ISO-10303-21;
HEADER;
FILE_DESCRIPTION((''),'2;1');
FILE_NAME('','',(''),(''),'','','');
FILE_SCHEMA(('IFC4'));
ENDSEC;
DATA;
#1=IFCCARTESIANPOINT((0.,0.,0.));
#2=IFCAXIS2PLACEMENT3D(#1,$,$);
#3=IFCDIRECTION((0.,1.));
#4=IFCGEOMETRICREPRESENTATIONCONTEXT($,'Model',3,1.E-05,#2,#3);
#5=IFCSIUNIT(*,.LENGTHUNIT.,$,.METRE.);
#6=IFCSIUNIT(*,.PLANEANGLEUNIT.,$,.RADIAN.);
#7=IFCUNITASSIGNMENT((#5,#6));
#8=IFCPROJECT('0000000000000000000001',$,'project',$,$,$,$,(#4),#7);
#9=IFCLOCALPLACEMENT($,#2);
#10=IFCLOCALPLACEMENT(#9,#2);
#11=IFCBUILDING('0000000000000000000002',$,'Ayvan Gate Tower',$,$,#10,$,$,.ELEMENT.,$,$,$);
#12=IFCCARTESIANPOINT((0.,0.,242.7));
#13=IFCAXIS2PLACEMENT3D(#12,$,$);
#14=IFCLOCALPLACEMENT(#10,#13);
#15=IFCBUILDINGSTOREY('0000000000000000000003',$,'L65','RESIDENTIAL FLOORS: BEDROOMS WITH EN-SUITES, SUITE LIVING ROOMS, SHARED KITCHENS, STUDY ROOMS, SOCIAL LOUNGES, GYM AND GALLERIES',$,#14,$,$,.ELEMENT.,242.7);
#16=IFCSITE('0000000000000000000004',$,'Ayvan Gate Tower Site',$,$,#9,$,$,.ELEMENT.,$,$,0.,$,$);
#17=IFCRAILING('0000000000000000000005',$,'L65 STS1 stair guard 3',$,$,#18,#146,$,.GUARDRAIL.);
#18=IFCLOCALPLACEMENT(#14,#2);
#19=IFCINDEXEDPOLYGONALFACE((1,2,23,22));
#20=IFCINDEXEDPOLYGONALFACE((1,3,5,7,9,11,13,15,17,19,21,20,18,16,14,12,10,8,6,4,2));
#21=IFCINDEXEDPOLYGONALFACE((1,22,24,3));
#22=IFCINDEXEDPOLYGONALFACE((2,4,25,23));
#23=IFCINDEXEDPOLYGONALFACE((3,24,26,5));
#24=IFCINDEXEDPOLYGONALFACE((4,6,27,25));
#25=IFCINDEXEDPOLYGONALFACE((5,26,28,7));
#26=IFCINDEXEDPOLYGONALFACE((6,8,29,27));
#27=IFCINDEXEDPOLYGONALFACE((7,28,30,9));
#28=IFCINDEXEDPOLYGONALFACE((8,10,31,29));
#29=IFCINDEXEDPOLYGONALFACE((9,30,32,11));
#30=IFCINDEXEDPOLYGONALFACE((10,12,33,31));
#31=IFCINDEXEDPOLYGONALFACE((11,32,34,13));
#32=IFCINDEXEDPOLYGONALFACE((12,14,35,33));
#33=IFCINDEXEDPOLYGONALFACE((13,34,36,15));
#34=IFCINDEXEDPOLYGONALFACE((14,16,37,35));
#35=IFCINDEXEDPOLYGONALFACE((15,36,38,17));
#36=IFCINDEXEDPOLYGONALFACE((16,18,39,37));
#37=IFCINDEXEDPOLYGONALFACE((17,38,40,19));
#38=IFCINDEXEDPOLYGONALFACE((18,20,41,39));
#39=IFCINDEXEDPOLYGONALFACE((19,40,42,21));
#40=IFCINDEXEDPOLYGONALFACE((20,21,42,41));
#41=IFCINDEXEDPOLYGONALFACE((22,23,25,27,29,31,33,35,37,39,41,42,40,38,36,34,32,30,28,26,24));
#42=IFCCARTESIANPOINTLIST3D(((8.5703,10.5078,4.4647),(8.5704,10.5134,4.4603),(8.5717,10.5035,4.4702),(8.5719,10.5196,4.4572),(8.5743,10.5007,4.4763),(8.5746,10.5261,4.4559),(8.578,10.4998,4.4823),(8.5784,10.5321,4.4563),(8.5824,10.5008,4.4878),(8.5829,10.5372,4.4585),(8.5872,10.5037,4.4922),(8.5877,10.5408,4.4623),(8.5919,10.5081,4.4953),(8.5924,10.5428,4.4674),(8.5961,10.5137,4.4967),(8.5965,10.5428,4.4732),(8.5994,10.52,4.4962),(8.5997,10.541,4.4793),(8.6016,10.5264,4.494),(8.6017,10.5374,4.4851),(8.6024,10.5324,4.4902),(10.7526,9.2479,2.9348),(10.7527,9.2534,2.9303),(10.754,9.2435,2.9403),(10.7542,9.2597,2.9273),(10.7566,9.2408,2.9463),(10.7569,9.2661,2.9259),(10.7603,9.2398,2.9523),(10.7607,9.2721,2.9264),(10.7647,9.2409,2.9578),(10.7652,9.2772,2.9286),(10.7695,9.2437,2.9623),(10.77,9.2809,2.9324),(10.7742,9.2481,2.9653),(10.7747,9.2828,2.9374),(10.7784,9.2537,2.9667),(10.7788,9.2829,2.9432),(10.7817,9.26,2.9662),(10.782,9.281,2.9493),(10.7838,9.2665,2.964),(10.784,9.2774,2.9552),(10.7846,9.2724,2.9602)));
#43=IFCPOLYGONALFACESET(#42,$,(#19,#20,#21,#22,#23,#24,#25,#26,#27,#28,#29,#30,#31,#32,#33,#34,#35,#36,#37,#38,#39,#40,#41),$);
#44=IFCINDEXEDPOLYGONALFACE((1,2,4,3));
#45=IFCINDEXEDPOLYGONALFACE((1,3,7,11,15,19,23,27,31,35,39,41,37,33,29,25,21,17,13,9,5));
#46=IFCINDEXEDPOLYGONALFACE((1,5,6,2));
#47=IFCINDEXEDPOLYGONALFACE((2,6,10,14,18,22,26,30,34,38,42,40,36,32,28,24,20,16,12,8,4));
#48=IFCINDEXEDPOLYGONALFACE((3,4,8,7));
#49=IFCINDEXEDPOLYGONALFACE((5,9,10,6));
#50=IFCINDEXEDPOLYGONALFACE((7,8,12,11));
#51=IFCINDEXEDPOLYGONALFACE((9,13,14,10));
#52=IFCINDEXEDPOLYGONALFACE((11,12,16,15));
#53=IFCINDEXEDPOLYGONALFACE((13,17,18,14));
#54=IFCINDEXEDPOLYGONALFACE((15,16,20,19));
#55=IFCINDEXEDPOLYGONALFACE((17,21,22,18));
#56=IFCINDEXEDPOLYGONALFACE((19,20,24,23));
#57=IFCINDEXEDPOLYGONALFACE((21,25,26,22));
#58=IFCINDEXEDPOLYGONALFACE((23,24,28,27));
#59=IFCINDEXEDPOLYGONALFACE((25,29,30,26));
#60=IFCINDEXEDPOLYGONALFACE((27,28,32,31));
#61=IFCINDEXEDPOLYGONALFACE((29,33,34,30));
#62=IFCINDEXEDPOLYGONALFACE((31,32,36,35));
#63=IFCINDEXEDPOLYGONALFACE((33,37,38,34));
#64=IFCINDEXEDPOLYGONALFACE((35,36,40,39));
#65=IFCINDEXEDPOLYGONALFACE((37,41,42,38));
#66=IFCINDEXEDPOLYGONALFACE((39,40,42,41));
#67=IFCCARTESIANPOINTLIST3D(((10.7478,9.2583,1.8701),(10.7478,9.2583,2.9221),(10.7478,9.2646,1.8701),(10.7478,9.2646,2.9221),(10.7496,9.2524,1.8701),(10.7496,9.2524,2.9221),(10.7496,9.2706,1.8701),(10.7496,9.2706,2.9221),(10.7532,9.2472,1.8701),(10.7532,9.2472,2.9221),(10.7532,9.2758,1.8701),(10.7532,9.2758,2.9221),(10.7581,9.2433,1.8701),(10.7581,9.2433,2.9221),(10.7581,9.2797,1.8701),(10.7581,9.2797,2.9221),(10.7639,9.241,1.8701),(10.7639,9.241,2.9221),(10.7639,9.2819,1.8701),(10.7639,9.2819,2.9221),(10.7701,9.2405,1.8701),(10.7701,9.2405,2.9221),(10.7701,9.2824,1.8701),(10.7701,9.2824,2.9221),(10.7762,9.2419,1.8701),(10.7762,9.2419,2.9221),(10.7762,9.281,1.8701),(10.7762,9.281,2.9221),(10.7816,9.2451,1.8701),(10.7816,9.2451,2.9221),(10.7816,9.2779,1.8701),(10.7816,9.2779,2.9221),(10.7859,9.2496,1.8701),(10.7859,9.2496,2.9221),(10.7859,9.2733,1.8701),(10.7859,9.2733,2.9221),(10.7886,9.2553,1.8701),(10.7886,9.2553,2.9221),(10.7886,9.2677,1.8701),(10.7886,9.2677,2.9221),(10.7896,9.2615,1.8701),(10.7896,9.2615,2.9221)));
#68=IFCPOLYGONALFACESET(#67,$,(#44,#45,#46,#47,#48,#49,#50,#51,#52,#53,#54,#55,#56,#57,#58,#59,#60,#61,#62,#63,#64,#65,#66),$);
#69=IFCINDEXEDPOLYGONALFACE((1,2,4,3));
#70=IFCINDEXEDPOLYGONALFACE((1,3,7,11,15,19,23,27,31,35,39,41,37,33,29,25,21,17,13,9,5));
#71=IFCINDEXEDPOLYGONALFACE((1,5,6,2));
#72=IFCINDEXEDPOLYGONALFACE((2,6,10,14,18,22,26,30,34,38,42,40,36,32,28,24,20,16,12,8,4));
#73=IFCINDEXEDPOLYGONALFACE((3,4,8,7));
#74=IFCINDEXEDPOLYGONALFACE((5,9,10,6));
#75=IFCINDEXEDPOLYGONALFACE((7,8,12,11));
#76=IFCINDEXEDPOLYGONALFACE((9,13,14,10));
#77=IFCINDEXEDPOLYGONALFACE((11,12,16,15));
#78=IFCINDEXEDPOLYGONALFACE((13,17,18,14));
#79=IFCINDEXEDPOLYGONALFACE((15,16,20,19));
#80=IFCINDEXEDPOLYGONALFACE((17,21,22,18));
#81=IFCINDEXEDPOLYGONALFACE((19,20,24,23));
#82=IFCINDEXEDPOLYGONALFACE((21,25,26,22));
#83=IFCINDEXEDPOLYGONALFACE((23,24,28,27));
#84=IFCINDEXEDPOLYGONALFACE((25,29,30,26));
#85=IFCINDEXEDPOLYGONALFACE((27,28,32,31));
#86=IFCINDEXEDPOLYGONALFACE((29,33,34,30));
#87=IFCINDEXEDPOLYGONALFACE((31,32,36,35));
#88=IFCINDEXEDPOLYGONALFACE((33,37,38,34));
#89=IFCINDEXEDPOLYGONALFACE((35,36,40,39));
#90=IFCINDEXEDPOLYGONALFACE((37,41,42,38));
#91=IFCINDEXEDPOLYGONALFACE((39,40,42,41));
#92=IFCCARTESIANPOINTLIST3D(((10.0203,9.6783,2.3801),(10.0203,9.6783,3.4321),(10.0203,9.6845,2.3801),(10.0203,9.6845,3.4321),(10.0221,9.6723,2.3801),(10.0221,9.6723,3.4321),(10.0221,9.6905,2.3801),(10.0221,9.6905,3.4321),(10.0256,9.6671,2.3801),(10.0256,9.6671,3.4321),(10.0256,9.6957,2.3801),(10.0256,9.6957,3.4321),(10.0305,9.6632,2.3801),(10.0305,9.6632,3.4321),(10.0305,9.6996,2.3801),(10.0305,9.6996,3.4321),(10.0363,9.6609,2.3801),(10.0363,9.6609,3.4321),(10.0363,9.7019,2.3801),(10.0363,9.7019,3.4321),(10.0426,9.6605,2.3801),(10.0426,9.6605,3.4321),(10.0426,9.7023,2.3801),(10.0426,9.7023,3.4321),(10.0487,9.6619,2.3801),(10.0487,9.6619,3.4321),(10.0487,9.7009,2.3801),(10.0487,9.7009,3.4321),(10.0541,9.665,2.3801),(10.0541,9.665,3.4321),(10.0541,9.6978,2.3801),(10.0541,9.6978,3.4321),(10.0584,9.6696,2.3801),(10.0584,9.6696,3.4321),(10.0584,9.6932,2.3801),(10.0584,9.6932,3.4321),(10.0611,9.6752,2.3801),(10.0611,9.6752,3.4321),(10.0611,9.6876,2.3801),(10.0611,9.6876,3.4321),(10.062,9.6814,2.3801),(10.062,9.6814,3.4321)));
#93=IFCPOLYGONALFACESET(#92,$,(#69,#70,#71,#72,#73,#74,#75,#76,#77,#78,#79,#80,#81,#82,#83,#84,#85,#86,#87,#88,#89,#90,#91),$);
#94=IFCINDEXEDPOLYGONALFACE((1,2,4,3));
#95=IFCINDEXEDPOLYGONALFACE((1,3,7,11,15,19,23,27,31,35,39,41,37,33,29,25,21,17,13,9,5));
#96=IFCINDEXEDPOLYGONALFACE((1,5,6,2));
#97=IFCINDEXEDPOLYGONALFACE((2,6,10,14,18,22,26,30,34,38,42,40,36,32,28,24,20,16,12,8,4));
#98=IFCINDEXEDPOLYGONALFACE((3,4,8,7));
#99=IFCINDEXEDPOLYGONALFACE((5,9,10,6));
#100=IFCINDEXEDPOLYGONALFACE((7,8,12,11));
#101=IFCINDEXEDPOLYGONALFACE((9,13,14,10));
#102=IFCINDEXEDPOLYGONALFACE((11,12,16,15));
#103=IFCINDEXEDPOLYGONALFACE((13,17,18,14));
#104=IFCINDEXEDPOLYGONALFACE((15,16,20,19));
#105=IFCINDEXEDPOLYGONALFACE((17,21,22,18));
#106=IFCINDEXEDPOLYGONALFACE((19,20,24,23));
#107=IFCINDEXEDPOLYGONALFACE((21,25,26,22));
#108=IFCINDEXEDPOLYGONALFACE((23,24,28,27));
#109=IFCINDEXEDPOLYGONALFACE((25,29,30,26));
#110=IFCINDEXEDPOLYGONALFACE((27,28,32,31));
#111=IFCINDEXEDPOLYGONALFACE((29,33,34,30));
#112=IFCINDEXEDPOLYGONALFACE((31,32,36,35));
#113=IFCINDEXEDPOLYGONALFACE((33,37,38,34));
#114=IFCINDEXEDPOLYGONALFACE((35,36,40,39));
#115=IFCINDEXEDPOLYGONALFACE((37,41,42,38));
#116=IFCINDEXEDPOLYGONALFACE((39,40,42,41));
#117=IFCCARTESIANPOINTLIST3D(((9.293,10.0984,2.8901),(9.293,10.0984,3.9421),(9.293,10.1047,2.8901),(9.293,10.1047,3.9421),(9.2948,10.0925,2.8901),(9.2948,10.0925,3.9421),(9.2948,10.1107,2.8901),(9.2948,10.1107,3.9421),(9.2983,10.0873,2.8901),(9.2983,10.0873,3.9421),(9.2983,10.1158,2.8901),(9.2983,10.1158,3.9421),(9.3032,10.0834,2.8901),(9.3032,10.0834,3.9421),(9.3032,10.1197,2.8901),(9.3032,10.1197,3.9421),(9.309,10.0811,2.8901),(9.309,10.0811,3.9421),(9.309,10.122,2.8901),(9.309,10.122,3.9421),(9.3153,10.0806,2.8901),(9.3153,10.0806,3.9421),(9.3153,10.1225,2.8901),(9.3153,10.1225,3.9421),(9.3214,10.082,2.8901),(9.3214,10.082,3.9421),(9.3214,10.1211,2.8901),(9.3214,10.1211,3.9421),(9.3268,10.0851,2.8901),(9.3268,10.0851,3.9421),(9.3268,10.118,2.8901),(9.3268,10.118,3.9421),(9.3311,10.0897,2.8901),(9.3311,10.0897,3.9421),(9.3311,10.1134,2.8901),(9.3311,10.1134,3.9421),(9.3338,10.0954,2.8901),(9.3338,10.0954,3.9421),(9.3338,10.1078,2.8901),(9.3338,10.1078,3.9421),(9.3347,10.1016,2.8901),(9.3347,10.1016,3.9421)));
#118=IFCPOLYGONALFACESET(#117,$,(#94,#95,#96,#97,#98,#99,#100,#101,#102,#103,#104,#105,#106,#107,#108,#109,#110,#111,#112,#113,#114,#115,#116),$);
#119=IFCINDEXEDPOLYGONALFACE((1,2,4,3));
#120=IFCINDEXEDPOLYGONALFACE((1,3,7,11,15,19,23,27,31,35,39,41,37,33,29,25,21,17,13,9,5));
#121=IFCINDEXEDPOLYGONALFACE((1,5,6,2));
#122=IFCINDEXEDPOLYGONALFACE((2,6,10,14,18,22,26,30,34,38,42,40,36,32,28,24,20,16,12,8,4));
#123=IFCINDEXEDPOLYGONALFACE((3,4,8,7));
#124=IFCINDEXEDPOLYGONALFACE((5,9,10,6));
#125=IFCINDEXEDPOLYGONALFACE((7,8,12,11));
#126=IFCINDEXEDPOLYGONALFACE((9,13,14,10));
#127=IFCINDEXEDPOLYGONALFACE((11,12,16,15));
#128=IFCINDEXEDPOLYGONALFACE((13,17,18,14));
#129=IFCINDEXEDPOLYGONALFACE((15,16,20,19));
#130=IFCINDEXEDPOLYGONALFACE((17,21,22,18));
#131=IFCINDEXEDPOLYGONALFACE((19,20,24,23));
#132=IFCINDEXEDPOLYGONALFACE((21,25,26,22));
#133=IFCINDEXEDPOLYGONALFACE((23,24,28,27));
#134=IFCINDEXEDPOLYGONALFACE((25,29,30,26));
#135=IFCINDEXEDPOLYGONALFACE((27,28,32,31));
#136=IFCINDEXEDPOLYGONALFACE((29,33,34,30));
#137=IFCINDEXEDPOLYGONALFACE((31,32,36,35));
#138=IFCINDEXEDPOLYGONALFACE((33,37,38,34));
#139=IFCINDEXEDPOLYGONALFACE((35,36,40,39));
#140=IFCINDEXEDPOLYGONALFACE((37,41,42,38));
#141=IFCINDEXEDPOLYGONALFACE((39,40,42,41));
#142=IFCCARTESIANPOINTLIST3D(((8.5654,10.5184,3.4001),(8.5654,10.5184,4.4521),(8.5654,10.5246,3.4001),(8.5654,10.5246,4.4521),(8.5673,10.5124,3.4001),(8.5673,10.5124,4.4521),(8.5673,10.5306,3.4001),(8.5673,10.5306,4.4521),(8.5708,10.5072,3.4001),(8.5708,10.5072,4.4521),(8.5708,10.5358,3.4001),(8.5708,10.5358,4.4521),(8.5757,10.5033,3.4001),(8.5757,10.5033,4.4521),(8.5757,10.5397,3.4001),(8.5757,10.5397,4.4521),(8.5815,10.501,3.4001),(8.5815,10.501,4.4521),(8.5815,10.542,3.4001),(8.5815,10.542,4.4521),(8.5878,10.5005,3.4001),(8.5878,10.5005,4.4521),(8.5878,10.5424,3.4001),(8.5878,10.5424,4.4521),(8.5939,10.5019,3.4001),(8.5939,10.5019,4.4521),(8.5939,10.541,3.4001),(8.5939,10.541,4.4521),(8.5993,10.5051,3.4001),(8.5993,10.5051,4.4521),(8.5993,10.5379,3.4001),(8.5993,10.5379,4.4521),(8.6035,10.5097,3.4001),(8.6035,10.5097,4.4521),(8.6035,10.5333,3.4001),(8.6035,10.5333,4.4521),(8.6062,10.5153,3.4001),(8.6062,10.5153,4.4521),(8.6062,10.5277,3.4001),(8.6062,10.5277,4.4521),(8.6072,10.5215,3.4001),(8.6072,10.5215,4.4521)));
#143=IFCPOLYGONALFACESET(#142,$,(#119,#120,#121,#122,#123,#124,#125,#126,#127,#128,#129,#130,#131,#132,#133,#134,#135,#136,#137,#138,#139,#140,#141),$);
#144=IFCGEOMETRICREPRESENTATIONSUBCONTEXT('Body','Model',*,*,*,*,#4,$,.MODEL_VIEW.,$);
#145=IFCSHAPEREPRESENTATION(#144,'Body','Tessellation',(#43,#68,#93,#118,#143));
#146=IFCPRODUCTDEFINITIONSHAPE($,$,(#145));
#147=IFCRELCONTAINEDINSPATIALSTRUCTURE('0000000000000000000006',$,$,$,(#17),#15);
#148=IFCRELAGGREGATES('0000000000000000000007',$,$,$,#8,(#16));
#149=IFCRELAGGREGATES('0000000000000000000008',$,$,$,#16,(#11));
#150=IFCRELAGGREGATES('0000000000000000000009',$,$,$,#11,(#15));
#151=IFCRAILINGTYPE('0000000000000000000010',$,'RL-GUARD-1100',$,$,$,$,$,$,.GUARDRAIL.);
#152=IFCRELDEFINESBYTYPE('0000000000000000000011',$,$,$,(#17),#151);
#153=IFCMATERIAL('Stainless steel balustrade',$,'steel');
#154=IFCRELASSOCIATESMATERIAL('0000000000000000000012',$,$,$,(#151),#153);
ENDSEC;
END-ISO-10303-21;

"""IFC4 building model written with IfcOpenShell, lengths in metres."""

from ifc_helpers import new_model, si_unit, direction, frame, origin, origin_2d, place, context, subcontext, project, spatial, circle, extrude, material, type_object, element, save


model = new_model("IFC4")

# Units and contexts
model_context = context("Model", 3, precision=1e-05, world=origin(), true_north=direction((0.0, 1.0)))
body_context = subcontext(model_context, "Body", "Model", "MODEL_VIEW")
ifc_project = project(units=[si_unit("LENGTHUNIT", "METRE"), si_unit("PLANEANGLEUNIT", "RADIAN")], contexts=[model_context])

# Site, building, storey
site_placement = place(None, origin())
site = spatial("IfcSite", under=ifc_project, at=site_placement, Name="Ayvan Gate Tower Site", CompositionType="ELEMENT", RefElevation=0.0)
building_placement = place(site_placement, origin())
building = spatial("IfcBuilding", under=site, at=building_placement, Name="Ayvan Gate Tower", CompositionType="ELEMENT")
storey_placement = place(building_placement, frame((0.0, 0.0, 242.7)))
storey = spatial("IfcBuildingStorey", under=building, at=storey_placement, Name="L65", Description="RESIDENTIAL FLOORS: BEDROOMS WITH EN-SUITES, SUITE LIVING ROOMS, SHARED KITCHENS, STUDY ROOMS, SOCIAL LOUNGES, GYM AND GALLERIES", CompositionType="ELEMENT", Elevation=242.7)

# Railing
ifc_material_1 = material(Name="Stainless steel balustrade", Category="steel")
railing_type_1 = type_object("IfcRailingType", Name="RL-GUARD-1100", PredefinedType="GUARDRAIL", material=ifc_material_1)
railing_1_placement = place(storey_placement, frame((10.7686, 9.2615, 1.8701)))
element("IfcRailing", 1, at=railing_1_placement, inside=storey, type_object=railing_type_1, Name="L65 STS1 stair guard 3", PredefinedType="GUARDRAIL", context=body_context, shape_type="SweptSolid", body=[
    extrude(circle(Radius=0.0239, at=origin_2d()), frame((0.0, 0.0, 1.0762), z_axis=(-0.740261, 0.427395, 0.518986), x_axis=(-0.500005, -0.866023, 0.0)), (0.0, 0.0, 1.0), 2.948),
    extrude(circle(Radius=0.021, at=origin_2d()), origin(), (0.0, 0.0, 1.0), 1.052),
    extrude(circle(Radius=0.021, at=origin_2d()), frame((-0.7275, 0.4199, 0.51)), (0.0, 0.0, 1.0), 1.052),
    extrude(circle(Radius=0.021, at=origin_2d()), frame((-1.4548, 0.8401, 1.02)), (0.0, 0.0, 1.0), 1.052),
    extrude(circle(Radius=0.021, at=origin_2d()), frame((-2.1824, 1.26, 1.53)), (0.0, 0.0, 1.0), 1.052),
])

save(model, "model.ifc")
